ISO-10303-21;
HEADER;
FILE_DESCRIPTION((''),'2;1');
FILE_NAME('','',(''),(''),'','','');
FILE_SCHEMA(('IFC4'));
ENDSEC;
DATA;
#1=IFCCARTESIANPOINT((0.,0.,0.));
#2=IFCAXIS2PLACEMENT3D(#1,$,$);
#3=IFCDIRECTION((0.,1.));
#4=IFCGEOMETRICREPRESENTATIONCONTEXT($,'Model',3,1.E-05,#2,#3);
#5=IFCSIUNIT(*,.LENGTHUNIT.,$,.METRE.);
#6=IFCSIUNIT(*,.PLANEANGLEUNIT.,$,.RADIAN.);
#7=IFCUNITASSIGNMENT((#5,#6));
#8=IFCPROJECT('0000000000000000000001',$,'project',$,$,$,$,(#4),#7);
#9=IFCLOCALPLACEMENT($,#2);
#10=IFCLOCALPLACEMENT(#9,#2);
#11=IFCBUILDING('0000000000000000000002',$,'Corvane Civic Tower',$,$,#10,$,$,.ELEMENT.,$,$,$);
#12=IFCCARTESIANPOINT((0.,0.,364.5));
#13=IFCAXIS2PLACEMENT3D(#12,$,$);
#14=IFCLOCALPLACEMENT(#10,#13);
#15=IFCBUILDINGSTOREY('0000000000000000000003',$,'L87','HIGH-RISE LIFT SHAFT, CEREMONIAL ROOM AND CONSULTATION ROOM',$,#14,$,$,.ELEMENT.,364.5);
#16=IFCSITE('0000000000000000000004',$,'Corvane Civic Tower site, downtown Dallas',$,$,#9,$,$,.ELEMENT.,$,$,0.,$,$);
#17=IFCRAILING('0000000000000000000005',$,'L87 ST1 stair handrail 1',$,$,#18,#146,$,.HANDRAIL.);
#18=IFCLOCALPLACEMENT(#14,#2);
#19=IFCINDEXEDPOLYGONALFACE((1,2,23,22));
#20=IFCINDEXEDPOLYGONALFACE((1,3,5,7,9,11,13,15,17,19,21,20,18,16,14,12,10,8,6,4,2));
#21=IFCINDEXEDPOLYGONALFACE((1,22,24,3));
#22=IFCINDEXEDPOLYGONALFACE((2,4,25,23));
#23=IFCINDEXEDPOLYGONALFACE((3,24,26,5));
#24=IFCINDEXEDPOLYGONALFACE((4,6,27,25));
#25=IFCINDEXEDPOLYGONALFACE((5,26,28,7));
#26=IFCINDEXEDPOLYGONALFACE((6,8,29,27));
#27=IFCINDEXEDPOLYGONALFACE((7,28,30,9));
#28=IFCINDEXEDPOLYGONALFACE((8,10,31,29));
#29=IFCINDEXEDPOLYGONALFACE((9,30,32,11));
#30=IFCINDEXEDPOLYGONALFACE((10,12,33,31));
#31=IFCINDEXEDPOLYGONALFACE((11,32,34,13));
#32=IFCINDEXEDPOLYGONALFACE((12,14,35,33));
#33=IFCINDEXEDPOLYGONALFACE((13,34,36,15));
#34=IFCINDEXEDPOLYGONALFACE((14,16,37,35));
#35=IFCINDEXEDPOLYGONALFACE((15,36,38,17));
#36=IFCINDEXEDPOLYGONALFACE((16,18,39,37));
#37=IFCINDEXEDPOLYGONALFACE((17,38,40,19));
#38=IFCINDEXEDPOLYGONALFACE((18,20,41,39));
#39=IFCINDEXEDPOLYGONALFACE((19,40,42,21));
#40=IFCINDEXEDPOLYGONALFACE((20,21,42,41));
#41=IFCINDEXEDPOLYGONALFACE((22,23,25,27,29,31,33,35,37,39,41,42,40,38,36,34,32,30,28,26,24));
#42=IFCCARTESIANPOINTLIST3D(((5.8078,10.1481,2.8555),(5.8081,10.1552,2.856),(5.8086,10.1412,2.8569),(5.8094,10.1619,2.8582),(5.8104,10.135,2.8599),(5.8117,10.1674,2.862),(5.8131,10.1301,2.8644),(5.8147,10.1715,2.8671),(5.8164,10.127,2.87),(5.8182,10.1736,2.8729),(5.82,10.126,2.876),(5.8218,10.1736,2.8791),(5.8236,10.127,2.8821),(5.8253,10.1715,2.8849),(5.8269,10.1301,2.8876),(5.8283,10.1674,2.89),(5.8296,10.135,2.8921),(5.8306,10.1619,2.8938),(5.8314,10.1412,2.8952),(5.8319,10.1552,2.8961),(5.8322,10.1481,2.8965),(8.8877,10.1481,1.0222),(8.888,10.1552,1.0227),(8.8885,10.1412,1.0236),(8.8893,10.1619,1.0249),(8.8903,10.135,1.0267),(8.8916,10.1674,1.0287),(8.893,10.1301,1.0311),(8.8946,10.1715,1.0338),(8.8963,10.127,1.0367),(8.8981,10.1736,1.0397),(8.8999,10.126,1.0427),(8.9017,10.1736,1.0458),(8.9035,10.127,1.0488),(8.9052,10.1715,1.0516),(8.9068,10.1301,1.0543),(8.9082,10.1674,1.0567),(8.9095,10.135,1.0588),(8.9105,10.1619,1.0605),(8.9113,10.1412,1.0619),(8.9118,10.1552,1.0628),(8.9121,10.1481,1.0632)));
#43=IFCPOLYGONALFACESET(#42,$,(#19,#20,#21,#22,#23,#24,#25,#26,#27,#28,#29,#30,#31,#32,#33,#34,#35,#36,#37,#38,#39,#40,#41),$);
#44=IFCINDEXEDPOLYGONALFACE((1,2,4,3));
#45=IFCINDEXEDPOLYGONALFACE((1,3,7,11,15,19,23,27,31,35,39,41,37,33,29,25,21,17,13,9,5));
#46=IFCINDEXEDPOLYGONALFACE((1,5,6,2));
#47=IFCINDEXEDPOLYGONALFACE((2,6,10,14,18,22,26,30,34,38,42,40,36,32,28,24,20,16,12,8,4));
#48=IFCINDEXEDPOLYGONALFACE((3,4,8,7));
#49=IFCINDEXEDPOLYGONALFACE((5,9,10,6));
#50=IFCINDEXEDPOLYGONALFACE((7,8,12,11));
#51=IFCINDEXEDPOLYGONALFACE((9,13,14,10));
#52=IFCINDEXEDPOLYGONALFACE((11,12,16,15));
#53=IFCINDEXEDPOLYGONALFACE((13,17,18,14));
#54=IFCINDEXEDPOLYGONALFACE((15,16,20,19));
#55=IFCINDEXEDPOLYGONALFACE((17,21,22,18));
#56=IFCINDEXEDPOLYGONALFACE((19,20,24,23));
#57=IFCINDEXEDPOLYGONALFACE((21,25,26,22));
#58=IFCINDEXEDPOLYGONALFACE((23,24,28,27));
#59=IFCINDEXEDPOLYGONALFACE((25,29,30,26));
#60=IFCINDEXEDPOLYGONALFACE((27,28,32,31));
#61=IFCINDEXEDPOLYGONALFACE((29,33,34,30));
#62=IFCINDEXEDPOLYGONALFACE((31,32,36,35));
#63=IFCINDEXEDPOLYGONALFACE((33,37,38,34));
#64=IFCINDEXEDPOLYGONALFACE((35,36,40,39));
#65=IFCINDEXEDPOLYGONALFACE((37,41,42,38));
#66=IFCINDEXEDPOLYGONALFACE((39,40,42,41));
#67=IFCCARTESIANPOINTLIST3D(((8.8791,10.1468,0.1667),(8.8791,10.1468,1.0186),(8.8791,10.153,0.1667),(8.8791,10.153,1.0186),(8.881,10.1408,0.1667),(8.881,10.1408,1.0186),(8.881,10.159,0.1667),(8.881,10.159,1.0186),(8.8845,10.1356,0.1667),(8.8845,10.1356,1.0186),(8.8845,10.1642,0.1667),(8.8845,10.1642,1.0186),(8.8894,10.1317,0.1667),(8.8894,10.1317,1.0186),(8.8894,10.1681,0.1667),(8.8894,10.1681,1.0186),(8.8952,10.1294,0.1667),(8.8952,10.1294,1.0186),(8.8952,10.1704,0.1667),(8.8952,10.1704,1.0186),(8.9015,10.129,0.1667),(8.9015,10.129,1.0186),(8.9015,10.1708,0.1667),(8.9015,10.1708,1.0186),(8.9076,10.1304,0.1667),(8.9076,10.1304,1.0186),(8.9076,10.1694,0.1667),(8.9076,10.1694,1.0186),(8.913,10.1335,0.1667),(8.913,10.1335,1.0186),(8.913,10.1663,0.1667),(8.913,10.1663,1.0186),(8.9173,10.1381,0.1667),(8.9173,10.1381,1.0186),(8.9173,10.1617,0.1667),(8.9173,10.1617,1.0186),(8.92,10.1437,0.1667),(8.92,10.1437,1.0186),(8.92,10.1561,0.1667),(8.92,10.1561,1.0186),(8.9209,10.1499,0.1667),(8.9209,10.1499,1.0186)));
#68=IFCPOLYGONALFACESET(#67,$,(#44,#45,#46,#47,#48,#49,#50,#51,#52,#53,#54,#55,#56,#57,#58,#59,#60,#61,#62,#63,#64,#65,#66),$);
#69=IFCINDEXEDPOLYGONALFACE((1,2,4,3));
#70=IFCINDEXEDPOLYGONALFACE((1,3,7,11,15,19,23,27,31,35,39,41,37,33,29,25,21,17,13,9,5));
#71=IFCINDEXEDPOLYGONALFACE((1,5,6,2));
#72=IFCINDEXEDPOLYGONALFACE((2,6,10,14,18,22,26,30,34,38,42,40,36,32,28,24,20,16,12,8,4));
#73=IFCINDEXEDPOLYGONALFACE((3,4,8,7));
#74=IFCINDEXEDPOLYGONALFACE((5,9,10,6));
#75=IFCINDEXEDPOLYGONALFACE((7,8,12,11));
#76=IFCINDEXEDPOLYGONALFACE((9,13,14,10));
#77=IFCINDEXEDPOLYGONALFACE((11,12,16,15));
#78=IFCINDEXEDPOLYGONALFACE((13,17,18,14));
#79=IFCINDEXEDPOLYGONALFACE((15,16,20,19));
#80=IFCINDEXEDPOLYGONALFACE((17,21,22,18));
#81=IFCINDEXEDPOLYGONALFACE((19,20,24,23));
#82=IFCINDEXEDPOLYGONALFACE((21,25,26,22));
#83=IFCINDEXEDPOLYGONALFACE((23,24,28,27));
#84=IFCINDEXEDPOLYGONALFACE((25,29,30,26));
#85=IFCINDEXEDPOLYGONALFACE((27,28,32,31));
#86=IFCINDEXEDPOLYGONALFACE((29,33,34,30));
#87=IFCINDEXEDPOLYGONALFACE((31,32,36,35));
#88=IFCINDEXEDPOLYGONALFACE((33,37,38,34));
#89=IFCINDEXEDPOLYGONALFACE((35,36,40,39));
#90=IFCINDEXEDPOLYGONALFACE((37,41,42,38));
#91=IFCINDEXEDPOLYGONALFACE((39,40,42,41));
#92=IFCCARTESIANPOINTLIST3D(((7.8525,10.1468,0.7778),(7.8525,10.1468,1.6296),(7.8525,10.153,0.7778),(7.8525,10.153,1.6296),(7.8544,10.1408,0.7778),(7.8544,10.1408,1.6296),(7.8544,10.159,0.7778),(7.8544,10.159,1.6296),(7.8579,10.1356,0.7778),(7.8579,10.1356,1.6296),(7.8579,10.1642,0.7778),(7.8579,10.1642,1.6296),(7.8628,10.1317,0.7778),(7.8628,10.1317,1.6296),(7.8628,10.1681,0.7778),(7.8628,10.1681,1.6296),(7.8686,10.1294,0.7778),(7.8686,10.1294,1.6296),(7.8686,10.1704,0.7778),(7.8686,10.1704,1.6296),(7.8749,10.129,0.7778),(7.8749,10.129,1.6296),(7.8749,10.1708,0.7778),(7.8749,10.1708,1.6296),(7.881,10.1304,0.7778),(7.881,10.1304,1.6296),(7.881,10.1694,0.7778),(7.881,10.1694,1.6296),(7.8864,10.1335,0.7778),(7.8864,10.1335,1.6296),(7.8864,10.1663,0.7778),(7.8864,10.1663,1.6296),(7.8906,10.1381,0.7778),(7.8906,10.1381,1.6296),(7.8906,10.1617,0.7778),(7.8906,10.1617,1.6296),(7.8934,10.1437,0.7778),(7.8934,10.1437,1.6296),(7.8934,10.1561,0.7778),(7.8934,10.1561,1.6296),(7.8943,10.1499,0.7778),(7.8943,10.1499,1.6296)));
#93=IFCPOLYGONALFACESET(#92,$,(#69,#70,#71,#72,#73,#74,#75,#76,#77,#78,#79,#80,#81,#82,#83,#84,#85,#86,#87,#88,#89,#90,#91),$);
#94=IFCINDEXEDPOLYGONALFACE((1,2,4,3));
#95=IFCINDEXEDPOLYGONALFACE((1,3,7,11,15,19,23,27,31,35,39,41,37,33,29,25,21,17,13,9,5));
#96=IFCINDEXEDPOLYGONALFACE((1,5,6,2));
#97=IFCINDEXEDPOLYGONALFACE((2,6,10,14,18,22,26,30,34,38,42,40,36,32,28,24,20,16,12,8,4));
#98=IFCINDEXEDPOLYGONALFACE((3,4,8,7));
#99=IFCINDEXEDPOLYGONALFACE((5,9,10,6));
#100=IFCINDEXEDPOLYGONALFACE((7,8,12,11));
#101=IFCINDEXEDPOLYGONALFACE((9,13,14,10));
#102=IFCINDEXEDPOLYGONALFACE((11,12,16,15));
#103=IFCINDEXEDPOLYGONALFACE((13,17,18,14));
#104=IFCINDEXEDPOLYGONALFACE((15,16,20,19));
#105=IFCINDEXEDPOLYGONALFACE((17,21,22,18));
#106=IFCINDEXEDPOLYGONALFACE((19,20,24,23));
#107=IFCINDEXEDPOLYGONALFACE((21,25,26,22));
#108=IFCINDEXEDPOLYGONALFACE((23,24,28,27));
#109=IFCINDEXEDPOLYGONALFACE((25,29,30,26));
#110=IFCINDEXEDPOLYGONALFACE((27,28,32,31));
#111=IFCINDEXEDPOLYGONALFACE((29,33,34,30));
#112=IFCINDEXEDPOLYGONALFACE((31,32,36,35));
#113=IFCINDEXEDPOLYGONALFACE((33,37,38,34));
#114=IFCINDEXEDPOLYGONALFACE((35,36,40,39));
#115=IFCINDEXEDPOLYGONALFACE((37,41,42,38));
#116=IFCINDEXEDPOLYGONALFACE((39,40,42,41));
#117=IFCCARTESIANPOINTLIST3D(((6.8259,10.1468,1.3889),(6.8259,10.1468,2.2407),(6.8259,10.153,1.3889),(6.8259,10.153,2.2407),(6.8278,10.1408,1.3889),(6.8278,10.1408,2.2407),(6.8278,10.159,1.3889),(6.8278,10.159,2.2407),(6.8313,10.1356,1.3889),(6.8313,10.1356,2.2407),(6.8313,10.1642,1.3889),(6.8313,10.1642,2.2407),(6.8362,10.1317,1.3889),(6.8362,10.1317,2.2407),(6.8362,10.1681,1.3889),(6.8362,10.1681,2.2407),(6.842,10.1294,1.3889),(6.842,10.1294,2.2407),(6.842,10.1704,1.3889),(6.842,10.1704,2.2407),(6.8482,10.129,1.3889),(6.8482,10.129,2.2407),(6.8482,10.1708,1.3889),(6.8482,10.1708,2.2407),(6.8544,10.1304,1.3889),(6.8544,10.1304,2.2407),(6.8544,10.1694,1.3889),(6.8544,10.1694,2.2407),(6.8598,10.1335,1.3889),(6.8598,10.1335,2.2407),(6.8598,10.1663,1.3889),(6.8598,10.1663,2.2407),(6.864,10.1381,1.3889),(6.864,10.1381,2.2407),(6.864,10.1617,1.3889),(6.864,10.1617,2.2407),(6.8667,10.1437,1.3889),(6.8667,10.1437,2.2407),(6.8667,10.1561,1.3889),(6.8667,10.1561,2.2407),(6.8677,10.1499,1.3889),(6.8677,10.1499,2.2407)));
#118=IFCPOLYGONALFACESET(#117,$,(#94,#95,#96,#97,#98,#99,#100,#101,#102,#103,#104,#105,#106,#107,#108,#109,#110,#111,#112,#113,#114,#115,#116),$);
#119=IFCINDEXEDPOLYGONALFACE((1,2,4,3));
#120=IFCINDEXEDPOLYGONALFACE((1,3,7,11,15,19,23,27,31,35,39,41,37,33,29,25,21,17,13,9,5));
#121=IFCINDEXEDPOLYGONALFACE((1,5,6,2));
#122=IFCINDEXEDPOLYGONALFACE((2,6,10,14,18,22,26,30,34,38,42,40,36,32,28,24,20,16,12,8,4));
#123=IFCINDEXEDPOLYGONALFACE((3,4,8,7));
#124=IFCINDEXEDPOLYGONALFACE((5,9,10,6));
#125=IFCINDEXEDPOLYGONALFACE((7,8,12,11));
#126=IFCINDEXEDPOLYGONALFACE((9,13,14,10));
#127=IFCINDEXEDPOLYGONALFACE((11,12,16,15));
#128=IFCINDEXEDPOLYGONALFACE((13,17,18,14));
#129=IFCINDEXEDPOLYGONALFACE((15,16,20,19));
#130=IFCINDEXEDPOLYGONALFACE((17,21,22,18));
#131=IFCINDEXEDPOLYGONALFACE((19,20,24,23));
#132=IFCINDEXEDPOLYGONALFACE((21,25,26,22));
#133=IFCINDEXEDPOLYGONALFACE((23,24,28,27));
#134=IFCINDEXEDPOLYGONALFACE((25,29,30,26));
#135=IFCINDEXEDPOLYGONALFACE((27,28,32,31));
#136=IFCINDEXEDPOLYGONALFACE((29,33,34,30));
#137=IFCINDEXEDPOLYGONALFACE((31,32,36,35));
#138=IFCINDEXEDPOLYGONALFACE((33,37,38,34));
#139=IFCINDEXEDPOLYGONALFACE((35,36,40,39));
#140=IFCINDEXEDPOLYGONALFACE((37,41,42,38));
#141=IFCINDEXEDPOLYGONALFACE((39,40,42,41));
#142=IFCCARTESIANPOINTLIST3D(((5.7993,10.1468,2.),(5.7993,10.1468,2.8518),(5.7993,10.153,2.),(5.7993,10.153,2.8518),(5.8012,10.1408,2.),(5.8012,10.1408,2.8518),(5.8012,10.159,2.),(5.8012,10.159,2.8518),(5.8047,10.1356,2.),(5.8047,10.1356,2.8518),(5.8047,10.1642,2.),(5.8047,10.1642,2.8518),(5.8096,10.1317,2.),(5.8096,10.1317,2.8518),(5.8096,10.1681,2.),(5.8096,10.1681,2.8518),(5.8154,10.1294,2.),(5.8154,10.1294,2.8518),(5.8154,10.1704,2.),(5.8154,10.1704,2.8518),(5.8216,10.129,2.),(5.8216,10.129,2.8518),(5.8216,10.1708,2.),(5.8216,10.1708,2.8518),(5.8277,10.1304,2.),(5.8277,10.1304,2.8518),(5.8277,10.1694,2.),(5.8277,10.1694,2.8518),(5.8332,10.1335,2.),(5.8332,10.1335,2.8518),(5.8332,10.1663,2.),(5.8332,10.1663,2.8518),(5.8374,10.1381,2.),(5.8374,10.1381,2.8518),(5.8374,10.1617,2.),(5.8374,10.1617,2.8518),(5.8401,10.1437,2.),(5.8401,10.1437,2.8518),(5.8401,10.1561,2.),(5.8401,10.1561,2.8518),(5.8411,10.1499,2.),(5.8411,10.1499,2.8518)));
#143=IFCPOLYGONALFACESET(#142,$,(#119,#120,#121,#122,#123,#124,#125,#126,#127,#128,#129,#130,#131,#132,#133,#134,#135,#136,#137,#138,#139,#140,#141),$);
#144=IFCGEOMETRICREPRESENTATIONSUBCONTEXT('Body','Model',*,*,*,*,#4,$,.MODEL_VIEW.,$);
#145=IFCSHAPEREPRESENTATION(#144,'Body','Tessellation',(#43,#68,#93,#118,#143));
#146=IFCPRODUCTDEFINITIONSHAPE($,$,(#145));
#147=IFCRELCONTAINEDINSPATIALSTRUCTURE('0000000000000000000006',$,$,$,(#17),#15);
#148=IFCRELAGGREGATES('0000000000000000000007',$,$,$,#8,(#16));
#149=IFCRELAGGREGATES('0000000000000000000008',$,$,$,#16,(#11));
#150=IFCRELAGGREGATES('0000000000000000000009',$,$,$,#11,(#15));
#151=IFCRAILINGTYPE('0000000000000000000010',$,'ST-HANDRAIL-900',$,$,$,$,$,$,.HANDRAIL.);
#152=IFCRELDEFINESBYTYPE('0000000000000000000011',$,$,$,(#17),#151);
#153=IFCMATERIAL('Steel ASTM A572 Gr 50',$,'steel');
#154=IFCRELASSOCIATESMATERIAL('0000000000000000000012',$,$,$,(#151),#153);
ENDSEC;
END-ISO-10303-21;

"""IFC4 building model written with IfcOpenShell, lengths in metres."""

from ifc_helpers import new_model, si_unit, direction, frame, origin, origin_2d, place, context, subcontext, project, spatial, circle, extrude, material, type_object, element, save


model = new_model("IFC4")

# Units and contexts
model_context = context("Model", 3, precision=1e-05, world=origin(), true_north=direction((0.0, 1.0)))
body_context = subcontext(model_context, "Body", "Model", "MODEL_VIEW")
ifc_project = project(units=[si_unit("LENGTHUNIT", "METRE"), si_unit("PLANEANGLEUNIT", "RADIAN")], contexts=[model_context])

# Site, building, storey
site_placement = place(None, origin())
site = spatial("IfcSite", under=ifc_project, at=site_placement, Name="Corvane Civic Tower site, downtown Dallas", CompositionType="ELEMENT", RefElevation=0.0)
building_placement = place(site_placement, origin())
building = spatial("IfcBuilding", under=site, at=building_placement, Name="Corvane Civic Tower", CompositionType="ELEMENT")
storey_placement = place(building_placement, frame((0.0, 0.0, 364.5)))
storey = spatial("IfcBuildingStorey", under=building, at=storey_placement, Name="L87", Description="HIGH-RISE LIFT SHAFT, CEREMONIAL ROOM AND CONSULTATION ROOM", CompositionType="ELEMENT", Elevation=364.5)

# Railing
ifc_material_1 = material(Name="Steel ASTM A572 Gr 50", Category="steel")
railing_type_1 = type_object("IfcRailingType", Name="ST-HANDRAIL-900", PredefinedType="HANDRAIL", material=ifc_material_1)
railing_1_placement = place(storey_placement, frame((8.8999, 10.1499, 0.1667)))
element("IfcRailing", 1, at=railing_1_placement, inside=storey, type_object=railing_type_1, Name="L87 ST1 stair handrail 1", PredefinedType="HANDRAIL", context=body_context, shape_type="SweptSolid", body=[
    extrude(circle(Radius=0.0239, at=origin_2d()), frame((0.0, 0.0, 0.876), z_axis=(-0.859291, 0.0, 0.511487), x_axis=(0.0, -1.0, 0.0)), (0.0, 0.0, 1.0), 3.5842),
    extrude(circle(Radius=0.021, at=origin_2d()), origin(), (0.0, 0.0, 1.0), 0.8518),
    extrude(circle(Radius=0.021, at=origin_2d()), frame((-1.0266, 0.0, 0.6111)), (0.0, 0.0, 1.0), 0.8518),
    extrude(circle(Radius=0.021, at=origin_2d()), frame((-2.0532, 0.0, 1.2222)), (0.0, 0.0, 1.0), 0.8518),
    extrude(circle(Radius=0.021, at=origin_2d()), frame((-3.0798, 0.0, 1.8333)), (0.0, 0.0, 1.0), 0.8518),
])

save(model, "model.ifc")
